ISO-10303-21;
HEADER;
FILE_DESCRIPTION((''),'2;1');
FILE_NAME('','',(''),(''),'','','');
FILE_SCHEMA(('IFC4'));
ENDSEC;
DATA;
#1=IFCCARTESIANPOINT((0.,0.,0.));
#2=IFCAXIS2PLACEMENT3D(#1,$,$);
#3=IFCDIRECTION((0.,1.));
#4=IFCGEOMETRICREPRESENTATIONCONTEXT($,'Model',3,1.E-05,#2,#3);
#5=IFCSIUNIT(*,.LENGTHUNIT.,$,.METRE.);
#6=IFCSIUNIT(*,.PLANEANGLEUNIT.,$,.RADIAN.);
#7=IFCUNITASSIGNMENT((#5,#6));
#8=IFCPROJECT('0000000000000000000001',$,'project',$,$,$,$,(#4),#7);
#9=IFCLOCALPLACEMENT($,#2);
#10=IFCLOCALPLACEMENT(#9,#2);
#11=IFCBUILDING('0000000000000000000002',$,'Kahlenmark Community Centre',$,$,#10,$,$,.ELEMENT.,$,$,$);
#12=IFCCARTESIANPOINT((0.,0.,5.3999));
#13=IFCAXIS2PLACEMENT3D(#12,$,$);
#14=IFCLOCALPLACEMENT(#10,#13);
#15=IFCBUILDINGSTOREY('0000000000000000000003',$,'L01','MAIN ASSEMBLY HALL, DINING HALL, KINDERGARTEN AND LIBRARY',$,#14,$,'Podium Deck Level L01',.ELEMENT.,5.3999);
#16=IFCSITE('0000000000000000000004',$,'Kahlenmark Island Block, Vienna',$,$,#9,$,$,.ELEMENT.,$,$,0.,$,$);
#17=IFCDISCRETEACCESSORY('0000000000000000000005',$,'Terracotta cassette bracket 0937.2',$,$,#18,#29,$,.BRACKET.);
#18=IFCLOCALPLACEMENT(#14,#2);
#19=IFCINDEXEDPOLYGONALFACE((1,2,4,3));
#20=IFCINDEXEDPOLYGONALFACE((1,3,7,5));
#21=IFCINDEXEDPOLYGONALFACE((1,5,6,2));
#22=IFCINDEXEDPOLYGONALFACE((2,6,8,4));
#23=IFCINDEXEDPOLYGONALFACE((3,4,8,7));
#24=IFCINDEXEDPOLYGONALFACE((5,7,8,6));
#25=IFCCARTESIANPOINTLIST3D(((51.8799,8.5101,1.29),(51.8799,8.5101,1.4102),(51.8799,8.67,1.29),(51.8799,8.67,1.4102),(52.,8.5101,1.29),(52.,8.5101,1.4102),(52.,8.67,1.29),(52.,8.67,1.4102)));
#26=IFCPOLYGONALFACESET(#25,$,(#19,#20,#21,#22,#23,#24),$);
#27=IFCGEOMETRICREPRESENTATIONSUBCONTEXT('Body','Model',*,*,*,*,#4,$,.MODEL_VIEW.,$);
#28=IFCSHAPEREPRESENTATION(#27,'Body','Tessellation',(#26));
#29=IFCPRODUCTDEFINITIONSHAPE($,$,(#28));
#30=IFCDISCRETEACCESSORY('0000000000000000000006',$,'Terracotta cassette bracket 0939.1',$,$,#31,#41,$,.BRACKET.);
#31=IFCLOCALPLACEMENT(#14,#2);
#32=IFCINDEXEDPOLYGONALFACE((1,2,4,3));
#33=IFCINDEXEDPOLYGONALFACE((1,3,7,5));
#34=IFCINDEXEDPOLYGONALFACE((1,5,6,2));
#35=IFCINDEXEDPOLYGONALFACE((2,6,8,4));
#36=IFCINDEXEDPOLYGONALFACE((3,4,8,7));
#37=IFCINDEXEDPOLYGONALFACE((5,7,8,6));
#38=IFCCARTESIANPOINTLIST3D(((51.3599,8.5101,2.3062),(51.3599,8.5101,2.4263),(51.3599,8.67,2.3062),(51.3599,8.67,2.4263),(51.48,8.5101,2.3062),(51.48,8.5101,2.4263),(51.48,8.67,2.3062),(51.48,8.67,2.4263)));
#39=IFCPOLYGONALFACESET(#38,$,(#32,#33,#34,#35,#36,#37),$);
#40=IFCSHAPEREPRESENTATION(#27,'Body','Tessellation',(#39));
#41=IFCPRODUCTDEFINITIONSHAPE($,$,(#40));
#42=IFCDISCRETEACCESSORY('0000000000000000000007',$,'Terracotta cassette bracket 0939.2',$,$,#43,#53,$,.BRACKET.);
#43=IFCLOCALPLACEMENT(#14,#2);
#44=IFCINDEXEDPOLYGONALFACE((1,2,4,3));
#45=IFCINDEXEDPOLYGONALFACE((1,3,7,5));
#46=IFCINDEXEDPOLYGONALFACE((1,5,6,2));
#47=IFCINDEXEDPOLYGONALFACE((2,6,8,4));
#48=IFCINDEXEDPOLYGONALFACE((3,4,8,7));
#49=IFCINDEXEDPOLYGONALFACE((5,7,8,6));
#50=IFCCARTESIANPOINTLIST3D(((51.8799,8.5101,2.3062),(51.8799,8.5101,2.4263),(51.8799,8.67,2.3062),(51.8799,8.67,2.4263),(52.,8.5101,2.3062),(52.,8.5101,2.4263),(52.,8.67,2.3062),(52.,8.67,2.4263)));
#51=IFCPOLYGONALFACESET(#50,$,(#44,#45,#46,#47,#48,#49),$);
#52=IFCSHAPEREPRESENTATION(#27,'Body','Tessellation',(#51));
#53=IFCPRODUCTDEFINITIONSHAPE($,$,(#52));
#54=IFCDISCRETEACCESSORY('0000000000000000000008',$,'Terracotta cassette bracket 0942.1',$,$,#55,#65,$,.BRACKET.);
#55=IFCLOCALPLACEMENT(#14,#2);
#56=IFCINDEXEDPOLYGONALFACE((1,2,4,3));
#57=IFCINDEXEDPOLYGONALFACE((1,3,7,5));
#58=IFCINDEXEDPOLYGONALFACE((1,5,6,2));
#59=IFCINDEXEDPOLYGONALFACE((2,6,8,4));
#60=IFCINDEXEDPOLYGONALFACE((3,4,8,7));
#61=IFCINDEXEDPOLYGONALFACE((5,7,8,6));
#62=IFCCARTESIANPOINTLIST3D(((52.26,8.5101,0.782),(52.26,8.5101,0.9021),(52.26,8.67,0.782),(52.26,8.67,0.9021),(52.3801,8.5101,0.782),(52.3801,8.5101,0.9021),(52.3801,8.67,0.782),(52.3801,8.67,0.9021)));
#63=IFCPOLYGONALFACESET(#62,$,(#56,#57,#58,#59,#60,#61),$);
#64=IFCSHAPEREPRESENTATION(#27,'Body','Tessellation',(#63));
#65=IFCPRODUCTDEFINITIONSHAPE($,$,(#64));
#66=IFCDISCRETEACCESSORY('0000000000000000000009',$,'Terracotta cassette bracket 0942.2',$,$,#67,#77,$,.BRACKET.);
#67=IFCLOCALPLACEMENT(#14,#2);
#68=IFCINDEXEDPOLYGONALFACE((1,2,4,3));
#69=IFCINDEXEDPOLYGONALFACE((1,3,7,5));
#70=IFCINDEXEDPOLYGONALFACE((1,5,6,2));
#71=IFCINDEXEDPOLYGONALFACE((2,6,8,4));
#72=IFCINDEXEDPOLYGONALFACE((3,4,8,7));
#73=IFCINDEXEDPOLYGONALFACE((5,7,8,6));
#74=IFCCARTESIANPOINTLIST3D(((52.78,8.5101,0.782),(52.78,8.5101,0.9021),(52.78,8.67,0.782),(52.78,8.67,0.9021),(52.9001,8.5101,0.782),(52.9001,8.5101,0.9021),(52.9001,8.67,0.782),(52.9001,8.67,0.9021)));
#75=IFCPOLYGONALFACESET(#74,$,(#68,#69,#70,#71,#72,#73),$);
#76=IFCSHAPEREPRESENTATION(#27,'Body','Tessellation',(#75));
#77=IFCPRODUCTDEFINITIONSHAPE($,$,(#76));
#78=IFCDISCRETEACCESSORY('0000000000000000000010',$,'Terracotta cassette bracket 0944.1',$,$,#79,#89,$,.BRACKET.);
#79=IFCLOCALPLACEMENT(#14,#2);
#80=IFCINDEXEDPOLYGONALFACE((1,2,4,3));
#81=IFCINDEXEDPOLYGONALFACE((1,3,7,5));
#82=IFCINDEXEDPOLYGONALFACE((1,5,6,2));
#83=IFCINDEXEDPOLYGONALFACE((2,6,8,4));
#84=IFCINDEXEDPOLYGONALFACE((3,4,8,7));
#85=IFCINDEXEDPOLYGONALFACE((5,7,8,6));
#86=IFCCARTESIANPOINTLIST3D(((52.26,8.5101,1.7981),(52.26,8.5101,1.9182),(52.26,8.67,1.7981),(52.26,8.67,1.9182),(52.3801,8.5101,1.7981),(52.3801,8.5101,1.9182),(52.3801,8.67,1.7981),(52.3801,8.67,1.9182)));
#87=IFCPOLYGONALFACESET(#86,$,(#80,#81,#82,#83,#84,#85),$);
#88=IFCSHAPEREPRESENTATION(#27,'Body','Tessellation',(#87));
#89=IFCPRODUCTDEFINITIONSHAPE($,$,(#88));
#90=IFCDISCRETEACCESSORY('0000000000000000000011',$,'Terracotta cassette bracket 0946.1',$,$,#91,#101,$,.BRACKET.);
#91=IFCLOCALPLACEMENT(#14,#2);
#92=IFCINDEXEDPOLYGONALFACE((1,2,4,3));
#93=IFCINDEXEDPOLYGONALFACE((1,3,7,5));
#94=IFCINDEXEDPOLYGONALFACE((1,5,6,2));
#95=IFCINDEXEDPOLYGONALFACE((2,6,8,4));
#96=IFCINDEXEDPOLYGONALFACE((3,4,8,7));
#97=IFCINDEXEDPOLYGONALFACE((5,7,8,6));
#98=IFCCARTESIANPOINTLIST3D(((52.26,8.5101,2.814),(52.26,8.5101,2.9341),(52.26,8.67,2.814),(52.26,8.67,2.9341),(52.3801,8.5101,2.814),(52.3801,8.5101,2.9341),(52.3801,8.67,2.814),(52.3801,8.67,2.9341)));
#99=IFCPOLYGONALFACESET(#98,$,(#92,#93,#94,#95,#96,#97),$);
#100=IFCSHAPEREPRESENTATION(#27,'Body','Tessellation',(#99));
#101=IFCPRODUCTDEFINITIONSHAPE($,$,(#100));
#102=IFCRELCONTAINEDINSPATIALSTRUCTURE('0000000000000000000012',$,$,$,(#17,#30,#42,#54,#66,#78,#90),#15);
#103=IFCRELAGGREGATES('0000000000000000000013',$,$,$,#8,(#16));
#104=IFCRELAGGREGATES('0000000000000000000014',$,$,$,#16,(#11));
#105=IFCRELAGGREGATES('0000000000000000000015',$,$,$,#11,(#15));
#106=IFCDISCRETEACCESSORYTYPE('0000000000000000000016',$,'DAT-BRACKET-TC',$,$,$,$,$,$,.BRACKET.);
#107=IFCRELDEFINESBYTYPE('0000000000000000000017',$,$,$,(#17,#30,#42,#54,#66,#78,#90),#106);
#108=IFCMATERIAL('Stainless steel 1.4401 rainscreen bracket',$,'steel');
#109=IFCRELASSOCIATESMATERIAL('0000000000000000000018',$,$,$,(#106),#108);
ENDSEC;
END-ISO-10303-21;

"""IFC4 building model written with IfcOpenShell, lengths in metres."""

from ifc_helpers import new_model, si_unit, direction, frame, origin, origin_2d, place, context, subcontext, project, spatial, rectangle, extrude, material, type_object, element, save


model = new_model("IFC4")

# Units and contexts
model_context = context("Model", 3, precision=1e-05, world=origin(), true_north=direction((0.0, 1.0)))
body_context = subcontext(model_context, "Body", "Model", "MODEL_VIEW")
ifc_project = project(units=[si_unit("LENGTHUNIT", "METRE"), si_unit("PLANEANGLEUNIT", "RADIAN")], contexts=[model_context])

# Site, building, storey
site_placement = place(None, origin())
site = spatial("IfcSite", under=ifc_project, at=site_placement, Name="Kahlenmark Island Block, Vienna", CompositionType="ELEMENT", RefElevation=0.0)
building_placement = place(site_placement, origin())
building = spatial("IfcBuilding", under=site, at=building_placement, Name="Kahlenmark Community Centre", CompositionType="ELEMENT")
storey_placement = place(building_placement, frame((0.0, 0.0, 5.3999)))
storey = spatial("IfcBuildingStorey", under=building, at=storey_placement, Name="L01", Description="MAIN ASSEMBLY HALL, DINING HALL, KINDERGARTEN AND LIBRARY", LongName="Podium Deck Level L01", CompositionType="ELEMENT", Elevation=5.3999)

# Discrete accessories
ifc_material_1 = material(Name="Stainless steel 1.4401 rainscreen bracket", Category="steel")
discrete_accessory_type = type_object("IfcDiscreteAccessoryType", Name="DAT-BRACKET-TC", PredefinedType="BRACKET", material=ifc_material_1)
for number, where, z_axis, x_axis, name in (
    (1, (51.9399, 8.5901, 1.29), (0.0, 0.0, 1.0), (1.0, 0.0, 0.0), "Terracotta cassette bracket 0937.2"),
    (2, (51.4199, 8.5901, 2.3062), (0.0, 0.0, 1.0), (1.0, 0.0, 0.0), "Terracotta cassette bracket 0939.1"),
    (3, (51.9399, 8.5901, 2.3062), (0.0, 0.0, 1.0), (1.0, 0.0, 0.0), "Terracotta cassette bracket 0939.2"),
    (4, (52.3201, 8.5901, 0.782), (0.0, 0.0, 1.0), (1.0, 0.0, 0.0), "Terracotta cassette bracket 0942.1"),
    (5, (52.8401, 8.5901, 0.782), (0.0, 0.0, 1.0), (1.0, 0.0, 0.0), "Terracotta cassette bracket 0942.2"),
    (6, (52.3201, 8.5901, 1.7981), (0.0, 0.0, 1.0), (1.0, 0.0, 0.0), "Terracotta cassette bracket 0944.1"),
    (7, (52.3201, 8.5901, 2.814), (0.0, 0.0, 1.0), (1.0, 0.0, 0.0), "Terracotta cassette bracket 0946.1"),
):
    element("IfcDiscreteAccessory", number, at=place(storey_placement, frame(where, z_axis=z_axis, x_axis=x_axis)), inside=storey, type_object=discrete_accessory_type, Name=name, PredefinedType="BRACKET", context=body_context, shape_type="SweptSolid", body=[
        extrude(rectangle(XDim=0.1201, YDim=0.1599, at=origin_2d()), origin(), (0.0, 0.0, 1.0), 0.1201),
    ])

save(model, "model.ifc")
